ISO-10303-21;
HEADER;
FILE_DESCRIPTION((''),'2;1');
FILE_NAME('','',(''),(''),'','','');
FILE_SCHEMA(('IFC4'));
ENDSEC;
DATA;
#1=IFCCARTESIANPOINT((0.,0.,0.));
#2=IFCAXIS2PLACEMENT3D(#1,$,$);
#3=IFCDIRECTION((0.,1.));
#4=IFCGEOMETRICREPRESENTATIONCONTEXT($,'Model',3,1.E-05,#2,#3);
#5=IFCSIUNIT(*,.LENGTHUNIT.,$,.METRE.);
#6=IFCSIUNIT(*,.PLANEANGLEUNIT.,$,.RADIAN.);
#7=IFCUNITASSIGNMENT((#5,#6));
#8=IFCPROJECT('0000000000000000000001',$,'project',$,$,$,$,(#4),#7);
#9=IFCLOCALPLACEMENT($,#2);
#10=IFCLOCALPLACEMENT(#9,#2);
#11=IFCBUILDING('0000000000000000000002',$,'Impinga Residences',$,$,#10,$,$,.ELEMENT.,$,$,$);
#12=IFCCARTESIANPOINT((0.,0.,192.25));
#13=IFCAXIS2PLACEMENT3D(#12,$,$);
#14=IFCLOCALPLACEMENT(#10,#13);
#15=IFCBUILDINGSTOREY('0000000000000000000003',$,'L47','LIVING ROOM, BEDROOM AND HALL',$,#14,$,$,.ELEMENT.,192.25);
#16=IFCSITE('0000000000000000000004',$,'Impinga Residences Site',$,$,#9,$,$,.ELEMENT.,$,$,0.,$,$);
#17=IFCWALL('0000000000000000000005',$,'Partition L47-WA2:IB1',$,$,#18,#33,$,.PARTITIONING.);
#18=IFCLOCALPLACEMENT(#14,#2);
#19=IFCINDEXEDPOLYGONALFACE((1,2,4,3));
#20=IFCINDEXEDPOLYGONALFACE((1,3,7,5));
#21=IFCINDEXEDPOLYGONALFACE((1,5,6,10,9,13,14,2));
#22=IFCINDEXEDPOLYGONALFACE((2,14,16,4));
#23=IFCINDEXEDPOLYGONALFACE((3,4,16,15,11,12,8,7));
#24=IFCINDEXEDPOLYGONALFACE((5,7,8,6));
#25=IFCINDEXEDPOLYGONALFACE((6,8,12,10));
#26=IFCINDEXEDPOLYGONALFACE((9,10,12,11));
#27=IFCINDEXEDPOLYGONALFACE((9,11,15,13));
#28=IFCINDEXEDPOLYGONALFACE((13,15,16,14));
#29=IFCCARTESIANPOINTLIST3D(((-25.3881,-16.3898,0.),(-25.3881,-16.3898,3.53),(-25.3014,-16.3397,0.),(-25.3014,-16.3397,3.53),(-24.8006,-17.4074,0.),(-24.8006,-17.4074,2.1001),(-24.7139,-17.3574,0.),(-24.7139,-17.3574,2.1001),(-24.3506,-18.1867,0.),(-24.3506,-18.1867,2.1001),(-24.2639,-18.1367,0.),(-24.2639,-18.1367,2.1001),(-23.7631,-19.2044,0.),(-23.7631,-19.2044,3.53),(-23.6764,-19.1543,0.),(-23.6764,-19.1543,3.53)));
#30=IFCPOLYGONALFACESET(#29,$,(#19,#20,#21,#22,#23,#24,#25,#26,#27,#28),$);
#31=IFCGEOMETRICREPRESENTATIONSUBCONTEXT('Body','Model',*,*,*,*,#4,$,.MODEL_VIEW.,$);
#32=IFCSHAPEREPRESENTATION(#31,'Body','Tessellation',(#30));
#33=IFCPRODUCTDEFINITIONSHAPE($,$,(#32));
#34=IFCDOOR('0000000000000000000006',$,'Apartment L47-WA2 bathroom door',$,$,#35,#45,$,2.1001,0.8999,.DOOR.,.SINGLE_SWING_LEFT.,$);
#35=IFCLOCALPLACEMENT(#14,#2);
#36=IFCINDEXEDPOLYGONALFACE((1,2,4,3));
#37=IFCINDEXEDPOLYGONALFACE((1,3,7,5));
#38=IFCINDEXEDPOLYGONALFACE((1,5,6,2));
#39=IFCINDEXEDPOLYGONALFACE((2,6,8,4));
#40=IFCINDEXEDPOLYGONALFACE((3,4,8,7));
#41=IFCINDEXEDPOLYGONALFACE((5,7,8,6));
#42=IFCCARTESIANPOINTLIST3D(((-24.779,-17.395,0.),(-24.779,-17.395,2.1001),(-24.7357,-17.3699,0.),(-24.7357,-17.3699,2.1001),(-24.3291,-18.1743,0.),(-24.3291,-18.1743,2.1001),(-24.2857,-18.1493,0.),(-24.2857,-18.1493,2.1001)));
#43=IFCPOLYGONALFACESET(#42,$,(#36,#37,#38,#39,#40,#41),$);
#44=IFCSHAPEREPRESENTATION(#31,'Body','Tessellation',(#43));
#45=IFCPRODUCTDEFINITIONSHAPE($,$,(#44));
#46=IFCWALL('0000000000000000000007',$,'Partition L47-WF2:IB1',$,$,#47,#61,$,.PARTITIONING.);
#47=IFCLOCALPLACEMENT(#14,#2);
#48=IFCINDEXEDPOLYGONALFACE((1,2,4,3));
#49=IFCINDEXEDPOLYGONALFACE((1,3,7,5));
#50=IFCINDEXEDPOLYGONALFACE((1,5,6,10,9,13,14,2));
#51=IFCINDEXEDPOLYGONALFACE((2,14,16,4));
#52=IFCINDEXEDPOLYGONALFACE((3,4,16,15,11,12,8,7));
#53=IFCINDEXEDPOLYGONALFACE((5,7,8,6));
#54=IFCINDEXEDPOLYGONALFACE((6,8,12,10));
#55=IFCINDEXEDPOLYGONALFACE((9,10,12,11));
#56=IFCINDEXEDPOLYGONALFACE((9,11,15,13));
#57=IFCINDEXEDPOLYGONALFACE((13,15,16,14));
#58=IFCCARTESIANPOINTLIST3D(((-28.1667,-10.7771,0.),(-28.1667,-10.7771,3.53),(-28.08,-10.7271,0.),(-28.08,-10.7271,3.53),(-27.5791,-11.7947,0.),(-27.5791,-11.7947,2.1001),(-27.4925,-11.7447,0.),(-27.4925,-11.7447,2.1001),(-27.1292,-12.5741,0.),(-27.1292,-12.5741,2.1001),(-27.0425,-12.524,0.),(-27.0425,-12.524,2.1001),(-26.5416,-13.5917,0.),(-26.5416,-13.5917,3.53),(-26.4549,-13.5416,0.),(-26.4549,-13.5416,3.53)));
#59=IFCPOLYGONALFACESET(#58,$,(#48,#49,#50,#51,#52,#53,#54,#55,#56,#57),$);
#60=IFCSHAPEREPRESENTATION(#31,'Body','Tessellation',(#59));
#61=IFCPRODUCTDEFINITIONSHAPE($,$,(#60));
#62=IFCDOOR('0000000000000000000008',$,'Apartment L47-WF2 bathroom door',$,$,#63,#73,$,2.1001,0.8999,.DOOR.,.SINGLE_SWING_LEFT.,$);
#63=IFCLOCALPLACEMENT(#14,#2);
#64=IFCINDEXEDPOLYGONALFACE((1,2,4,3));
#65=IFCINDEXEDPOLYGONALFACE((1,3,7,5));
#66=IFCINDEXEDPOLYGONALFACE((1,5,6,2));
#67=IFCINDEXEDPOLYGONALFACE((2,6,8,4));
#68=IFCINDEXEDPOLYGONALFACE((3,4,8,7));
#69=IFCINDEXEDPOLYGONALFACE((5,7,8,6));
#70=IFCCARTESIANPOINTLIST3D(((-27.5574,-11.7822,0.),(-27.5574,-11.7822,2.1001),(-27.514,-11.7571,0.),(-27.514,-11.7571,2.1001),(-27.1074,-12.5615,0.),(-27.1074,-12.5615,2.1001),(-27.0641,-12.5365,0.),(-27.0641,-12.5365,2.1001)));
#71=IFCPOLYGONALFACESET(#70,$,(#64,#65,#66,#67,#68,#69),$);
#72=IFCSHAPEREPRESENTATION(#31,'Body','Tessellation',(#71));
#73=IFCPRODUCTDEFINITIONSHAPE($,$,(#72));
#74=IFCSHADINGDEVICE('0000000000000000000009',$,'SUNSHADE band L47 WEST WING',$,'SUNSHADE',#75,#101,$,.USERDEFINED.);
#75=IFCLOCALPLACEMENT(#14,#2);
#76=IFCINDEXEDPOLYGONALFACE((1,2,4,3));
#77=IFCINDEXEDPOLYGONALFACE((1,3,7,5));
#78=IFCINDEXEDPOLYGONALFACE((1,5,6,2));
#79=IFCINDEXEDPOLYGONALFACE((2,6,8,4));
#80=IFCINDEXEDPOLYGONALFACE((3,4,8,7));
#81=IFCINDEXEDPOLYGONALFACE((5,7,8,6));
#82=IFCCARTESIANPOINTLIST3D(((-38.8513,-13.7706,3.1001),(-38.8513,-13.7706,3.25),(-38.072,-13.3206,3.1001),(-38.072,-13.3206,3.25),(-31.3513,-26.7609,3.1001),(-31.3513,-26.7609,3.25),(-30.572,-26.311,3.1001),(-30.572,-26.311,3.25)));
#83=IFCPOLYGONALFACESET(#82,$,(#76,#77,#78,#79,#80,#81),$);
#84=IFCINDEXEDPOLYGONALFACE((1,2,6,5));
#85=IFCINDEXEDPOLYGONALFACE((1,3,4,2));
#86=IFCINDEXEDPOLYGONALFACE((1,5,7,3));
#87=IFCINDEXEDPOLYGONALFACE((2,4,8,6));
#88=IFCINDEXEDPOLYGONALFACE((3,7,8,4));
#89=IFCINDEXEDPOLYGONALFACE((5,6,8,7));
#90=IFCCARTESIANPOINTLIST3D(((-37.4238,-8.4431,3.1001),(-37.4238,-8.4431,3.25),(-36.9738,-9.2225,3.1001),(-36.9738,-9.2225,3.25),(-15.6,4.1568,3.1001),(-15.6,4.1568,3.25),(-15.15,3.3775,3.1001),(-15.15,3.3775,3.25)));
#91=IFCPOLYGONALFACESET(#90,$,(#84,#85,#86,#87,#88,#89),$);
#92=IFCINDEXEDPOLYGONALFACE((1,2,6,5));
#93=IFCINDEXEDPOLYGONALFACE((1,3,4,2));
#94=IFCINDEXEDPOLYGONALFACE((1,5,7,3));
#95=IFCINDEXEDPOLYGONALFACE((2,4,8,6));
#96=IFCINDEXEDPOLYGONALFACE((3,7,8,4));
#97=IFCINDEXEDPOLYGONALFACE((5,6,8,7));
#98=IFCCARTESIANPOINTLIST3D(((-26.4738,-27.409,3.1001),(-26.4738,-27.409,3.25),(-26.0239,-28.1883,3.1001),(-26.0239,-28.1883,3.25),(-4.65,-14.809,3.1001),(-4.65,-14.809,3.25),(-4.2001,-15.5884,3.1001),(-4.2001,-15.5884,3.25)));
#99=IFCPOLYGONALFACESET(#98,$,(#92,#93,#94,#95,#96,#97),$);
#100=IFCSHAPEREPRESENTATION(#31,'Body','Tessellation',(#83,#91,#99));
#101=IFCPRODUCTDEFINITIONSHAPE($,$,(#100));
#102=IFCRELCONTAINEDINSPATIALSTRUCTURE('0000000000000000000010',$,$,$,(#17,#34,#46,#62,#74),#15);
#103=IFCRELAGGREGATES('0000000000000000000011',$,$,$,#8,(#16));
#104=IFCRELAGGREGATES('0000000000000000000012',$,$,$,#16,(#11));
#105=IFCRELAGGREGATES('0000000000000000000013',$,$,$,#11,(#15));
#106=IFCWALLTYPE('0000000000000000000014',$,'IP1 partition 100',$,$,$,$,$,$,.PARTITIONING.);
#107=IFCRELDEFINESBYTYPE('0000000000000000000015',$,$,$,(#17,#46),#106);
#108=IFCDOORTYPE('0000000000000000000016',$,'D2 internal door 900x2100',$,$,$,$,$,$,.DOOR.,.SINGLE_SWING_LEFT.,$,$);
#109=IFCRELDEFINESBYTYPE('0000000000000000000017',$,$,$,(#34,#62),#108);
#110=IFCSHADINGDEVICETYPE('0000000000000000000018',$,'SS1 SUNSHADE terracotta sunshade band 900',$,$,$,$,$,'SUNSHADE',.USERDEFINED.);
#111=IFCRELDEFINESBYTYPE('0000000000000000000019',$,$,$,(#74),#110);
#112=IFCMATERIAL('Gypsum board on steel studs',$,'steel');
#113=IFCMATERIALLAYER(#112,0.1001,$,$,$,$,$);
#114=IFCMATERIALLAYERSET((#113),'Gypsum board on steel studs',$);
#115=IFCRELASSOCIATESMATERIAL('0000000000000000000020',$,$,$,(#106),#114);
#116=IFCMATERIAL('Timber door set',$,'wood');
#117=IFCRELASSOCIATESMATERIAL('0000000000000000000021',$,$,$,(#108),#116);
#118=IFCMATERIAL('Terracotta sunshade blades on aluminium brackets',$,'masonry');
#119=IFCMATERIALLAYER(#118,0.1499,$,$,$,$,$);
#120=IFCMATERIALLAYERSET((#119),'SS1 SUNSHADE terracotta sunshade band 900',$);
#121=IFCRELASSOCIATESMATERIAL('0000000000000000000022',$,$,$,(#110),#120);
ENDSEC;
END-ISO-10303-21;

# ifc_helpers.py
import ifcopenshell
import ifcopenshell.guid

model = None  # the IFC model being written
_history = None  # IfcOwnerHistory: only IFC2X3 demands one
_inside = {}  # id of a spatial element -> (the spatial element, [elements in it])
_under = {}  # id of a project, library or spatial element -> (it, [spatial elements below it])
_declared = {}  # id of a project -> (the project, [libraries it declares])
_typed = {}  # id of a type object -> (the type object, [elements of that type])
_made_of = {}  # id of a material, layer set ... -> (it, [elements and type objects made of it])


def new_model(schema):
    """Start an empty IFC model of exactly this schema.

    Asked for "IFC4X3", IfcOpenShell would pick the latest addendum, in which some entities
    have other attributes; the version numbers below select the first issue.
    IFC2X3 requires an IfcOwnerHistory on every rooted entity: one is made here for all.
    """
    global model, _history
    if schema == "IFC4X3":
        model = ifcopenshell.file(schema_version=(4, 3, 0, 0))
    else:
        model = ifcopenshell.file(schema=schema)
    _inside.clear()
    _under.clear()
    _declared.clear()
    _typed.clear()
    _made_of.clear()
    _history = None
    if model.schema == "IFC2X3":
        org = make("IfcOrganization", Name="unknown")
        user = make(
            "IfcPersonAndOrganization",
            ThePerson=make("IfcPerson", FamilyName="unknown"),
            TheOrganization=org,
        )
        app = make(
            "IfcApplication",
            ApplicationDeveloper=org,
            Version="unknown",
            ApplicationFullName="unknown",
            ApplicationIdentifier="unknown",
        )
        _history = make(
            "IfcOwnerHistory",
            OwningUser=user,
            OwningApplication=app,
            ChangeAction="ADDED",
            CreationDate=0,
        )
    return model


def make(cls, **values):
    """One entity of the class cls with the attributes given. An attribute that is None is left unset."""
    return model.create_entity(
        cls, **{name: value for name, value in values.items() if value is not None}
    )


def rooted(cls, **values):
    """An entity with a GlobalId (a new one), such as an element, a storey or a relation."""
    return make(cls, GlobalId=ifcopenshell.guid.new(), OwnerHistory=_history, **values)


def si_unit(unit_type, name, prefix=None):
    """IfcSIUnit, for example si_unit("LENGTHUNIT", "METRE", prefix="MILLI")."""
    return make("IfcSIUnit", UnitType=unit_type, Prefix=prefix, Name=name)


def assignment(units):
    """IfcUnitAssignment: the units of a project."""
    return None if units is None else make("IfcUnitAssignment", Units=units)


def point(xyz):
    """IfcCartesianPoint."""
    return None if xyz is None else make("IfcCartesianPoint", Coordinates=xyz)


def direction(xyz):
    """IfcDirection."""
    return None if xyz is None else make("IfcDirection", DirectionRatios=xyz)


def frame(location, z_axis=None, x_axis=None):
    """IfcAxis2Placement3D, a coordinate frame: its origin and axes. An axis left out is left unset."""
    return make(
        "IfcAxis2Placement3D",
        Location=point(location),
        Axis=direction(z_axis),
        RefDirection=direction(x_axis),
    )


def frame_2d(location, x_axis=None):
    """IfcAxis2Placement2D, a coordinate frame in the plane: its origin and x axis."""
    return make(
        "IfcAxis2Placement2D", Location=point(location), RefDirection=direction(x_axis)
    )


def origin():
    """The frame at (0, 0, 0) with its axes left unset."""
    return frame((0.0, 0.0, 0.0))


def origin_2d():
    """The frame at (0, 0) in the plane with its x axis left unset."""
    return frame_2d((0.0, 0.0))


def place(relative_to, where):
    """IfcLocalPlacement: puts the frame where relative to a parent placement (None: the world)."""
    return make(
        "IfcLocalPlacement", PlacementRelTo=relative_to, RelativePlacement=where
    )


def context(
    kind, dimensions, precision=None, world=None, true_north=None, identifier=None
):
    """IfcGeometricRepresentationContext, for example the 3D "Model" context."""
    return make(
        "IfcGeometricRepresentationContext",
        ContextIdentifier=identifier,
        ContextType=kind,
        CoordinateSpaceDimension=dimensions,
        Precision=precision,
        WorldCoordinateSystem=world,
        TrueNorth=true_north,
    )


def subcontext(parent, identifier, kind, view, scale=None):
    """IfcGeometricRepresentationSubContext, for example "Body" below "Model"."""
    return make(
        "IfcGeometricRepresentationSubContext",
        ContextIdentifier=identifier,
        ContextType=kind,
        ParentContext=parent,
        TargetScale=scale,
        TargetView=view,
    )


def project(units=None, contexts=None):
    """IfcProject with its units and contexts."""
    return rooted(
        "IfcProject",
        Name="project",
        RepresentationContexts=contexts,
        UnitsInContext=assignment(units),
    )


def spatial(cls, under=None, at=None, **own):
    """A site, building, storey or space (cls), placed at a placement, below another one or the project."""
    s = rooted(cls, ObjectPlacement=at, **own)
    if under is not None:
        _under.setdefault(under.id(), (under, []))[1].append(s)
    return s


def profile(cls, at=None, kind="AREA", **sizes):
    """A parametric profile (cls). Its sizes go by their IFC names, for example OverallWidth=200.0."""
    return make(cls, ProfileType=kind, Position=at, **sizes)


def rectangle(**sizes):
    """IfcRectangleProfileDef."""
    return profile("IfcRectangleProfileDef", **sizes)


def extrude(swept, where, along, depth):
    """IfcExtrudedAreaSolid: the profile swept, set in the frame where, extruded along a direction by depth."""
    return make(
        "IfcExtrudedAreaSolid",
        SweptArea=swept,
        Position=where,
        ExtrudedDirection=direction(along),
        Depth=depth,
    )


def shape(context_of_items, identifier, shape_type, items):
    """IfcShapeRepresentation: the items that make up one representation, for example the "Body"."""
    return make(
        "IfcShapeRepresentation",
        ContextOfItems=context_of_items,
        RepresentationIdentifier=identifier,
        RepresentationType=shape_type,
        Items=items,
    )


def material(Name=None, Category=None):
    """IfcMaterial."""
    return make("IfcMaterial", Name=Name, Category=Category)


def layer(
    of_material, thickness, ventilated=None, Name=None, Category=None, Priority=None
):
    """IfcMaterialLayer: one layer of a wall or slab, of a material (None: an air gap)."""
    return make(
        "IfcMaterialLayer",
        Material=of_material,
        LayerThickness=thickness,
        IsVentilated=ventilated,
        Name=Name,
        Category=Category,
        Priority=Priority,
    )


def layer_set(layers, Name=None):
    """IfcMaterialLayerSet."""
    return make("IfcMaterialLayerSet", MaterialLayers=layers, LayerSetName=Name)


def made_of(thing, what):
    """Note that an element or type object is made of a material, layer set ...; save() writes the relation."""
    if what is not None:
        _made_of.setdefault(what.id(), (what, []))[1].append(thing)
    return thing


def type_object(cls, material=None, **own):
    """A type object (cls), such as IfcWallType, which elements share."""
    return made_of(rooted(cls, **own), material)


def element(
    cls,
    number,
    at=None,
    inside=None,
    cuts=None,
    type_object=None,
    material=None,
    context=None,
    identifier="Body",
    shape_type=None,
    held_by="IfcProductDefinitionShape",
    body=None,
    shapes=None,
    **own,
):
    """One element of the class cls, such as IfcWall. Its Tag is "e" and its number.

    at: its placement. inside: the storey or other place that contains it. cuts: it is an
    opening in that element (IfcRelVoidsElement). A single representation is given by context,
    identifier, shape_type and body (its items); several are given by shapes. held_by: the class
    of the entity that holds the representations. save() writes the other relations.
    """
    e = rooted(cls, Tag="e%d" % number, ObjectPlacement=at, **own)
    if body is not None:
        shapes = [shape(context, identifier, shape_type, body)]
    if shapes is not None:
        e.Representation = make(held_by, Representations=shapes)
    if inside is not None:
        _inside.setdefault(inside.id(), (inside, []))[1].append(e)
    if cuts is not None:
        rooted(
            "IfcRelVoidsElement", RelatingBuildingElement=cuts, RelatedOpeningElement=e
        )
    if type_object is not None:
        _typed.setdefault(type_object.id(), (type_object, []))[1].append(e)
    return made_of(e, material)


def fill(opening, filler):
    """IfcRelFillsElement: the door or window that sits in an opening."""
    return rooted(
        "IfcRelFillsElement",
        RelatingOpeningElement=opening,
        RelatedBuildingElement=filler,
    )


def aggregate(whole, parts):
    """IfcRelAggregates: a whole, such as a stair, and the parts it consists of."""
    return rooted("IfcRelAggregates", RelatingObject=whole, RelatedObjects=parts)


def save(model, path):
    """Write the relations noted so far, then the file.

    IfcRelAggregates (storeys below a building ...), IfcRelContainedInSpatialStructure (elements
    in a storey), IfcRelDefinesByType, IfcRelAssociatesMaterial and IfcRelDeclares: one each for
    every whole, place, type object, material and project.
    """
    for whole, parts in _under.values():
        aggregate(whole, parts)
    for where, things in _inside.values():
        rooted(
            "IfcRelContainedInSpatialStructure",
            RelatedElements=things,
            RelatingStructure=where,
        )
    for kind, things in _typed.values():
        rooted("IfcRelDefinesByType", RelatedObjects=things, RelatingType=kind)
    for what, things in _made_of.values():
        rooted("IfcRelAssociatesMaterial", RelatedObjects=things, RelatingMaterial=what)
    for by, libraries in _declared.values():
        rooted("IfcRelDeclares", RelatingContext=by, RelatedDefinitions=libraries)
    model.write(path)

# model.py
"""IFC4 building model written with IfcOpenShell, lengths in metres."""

from ifc_helpers import new_model, si_unit, direction, frame, frame_2d, origin, origin_2d, place, context, subcontext, project, spatial, rectangle, extrude, material, layer, layer_set, type_object, element, fill, save


model = new_model("IFC4")

# Units and contexts
model_context = context("Model", 3, precision=1e-05, world=origin(), true_north=direction((0.0, 1.0)))
body_context = subcontext(model_context, "Body", "Model", "MODEL_VIEW")
ifc_project = project(units=[si_unit("LENGTHUNIT", "METRE"), si_unit("PLANEANGLEUNIT", "RADIAN")], contexts=[model_context])

# Site, building, storey
site_placement = place(None, origin())
site = spatial("IfcSite", under=ifc_project, at=site_placement, Name="Impinga Residences Site", CompositionType="ELEMENT", RefElevation=0.0)
building_placement = place(site_placement, origin())
building = spatial("IfcBuilding", under=site, at=building_placement, Name="Impinga Residences", CompositionType="ELEMENT")
storey_placement = place(building_placement, frame((0.0, 0.0, 192.25)))
storey = spatial("IfcBuildingStorey", under=building, at=storey_placement, Name="L47", Description="LIVING ROOM, BEDROOM AND HALL", CompositionType="ELEMENT", Elevation=192.25)

# Shared definitions
ifc_material_1 = material(Name="Timber door set", Category="wood")

# Shared definitions
ifc_material_2 = material(Name="Gypsum board on steel studs", Category="steel")
ifc_layer_1 = layer(ifc_material_2, 0.1001)
ifc_layer_set_1 = layer_set([ifc_layer_1], Name="Gypsum board on steel studs")
wall_type_1 = type_object("IfcWallType", Name="IP1 partition 100", PredefinedType="PARTITIONING", material=ifc_layer_set_1)

# Walls, openings, doors
wall_1_placement = place(storey_placement, frame((-25.3447, -16.3647, 0.0), z_axis=(0.0, 0.0, 1.0), x_axis=(0.499985, -0.866034, 0.0)))
wall_1 = element("IfcWall", 1, at=wall_1_placement, inside=storey, type_object=wall_type_1, Name="Partition L47-WA2:IB1", PredefinedType="PARTITIONING", context=body_context, shape_type="SweptSolid", body=[
    extrude(rectangle(XDim=3.25, YDim=0.1001, at=frame_2d((1.625, 0.0))), origin(), (0.0, 0.0, 1.0), 3.53),
])
opening_1_placement = place(wall_1_placement, frame((1.175, 0.0, 0.0)))
opening_1 = element("IfcOpeningElement", 2, at=opening_1_placement, cuts=wall_1, PredefinedType="OPENING", context=body_context, shape_type="SweptSolid", body=[
    extrude(rectangle(XDim=0.8999, YDim=2.1001, at=frame_2d((0.45, 1.05))), frame((0.0, 0.0601, 0.0), z_axis=(0.0, -1.0, 0.0), x_axis=(1.0, 0.0, 0.0)), (0.0, 0.0, 1.0), 0.1201),
])
door_type_1 = type_object("IfcDoorType", Name="D2 internal door 900x2100", OperationType="SINGLE_SWING_LEFT", PredefinedType="DOOR", material=ifc_material_1)
door_1_placement = place(opening_1_placement, origin())
door_1 = element("IfcDoor", 3, at=door_1_placement, inside=storey, type_object=door_type_1, Name="Apartment L47-WA2 bathroom door", OperationType="SINGLE_SWING_LEFT", OverallHeight=2.1001, OverallWidth=0.8999, PredefinedType="DOOR", context=body_context, shape_type="SweptSolid", body=[
    extrude(rectangle(XDim=0.8999, YDim=2.1001, at=frame_2d((0.45, 1.05))), frame((0.0, 0.0249, 0.0), z_axis=(0.0, -1.0, 0.0), x_axis=(1.0, 0.0, 0.0)), (0.0, 0.0, 1.0), 0.05),
])
fill(opening_1, door_1)
wall_2_placement = place(storey_placement, frame((-26.4983, -13.5667, 0.0), z_axis=(0.0, 0.0, 1.0), x_axis=(-0.500017, 0.866015, 0.0)))
wall_2 = element("IfcWall", 4, at=wall_2_placement, inside=storey, type_object=wall_type_1, Name="Partition L47-WF2:IB1", PredefinedType="PARTITIONING", context=body_context, shape_type="SweptSolid", body=[
    extrude(rectangle(XDim=3.25, YDim=0.1001, at=frame_2d((1.625, 0.0))), origin(), (0.0, 0.0, 1.0), 3.53),
])
opening_2_placement = place(wall_2_placement, frame((1.175, 0.0, 0.0)))
opening_2 = element("IfcOpeningElement", 5, at=opening_2_placement, cuts=wall_2, PredefinedType="OPENING", context=body_context, shape_type="SweptSolid", body=[
    extrude(rectangle(XDim=0.8999, YDim=2.1001, at=frame_2d((0.45, 1.05))), frame((0.0, 0.0601, 0.0), z_axis=(0.0, -1.0, 0.0), x_axis=(1.0, 0.0, 0.0)), (0.0, 0.0, 1.0), 0.1201),
])
door_2_placement = place(opening_2_placement, origin())
door_2 = element("IfcDoor", 6, at=door_2_placement, inside=storey, type_object=door_type_1, Name="Apartment L47-WF2 bathroom door", OperationType="SINGLE_SWING_LEFT", OverallHeight=2.1001, OverallWidth=0.8999, PredefinedType="DOOR", context=body_context, shape_type="SweptSolid", body=[
    extrude(rectangle(XDim=0.8999, YDim=2.1001, at=frame_2d((0.45, 1.05))), frame((0.0, 0.0249, 0.0), z_axis=(0.0, -1.0, 0.0), x_axis=(1.0, 0.0, 0.0)), (0.0, 0.0, 1.0), 0.05),
])
fill(opening_2, door_2)

# Shading device
ifc_material_3 = material(Name="Terracotta sunshade blades on aluminium brackets", Category="masonry")
ifc_layer_2 = layer(ifc_material_3, 0.1499)
ifc_layer_set_2 = layer_set([ifc_layer_2], Name="SS1 SUNSHADE terracotta sunshade band 900")
shading_device_type = type_object("IfcShadingDeviceType", Name="SS1 SUNSHADE terracotta sunshade band 900", ElementType="SUNSHADE", PredefinedType="USERDEFINED", material=ifc_layer_set_2)
shading_device_placement = place(storey_placement, frame((-34.7117, -20.0408, 3.1001), z_axis=(0.0, 0.0, 1.0), x_axis=(-0.5, 0.866025, 0.0)))
element("IfcShadingDevice", 7, at=shading_device_placement, inside=storey, type_object=shading_device_type, Name="SUNSHADE band L47 WEST WING", ObjectType="SUNSHADE", PredefinedType="USERDEFINED", context=body_context, shape_type="SweptSolid", body=[
    extrude(rectangle(XDim=15.0, YDim=0.8999, at=origin_2d()), origin(), (0.0, 0.0, 1.0), 0.1499),
    extrude(rectangle(XDim=25.2, YDim=0.8999, at=origin_2d()), frame((10.95, -16.05, 0.0), z_axis=(0.0, 0.0, 1.0), x_axis=(0.0, -1.0, 0.0)), (0.0, 0.0, 1.0), 0.1499),
    extrude(rectangle(XDim=25.2, YDim=0.8999, at=origin_2d()), frame((-10.95, -16.05, 0.0), z_axis=(0.0, 0.0, 1.0), x_axis=(0.0, 1.0, 0.0)), (0.0, 0.0, 1.0), 0.1499),
])

save(model, "model.ifc")
